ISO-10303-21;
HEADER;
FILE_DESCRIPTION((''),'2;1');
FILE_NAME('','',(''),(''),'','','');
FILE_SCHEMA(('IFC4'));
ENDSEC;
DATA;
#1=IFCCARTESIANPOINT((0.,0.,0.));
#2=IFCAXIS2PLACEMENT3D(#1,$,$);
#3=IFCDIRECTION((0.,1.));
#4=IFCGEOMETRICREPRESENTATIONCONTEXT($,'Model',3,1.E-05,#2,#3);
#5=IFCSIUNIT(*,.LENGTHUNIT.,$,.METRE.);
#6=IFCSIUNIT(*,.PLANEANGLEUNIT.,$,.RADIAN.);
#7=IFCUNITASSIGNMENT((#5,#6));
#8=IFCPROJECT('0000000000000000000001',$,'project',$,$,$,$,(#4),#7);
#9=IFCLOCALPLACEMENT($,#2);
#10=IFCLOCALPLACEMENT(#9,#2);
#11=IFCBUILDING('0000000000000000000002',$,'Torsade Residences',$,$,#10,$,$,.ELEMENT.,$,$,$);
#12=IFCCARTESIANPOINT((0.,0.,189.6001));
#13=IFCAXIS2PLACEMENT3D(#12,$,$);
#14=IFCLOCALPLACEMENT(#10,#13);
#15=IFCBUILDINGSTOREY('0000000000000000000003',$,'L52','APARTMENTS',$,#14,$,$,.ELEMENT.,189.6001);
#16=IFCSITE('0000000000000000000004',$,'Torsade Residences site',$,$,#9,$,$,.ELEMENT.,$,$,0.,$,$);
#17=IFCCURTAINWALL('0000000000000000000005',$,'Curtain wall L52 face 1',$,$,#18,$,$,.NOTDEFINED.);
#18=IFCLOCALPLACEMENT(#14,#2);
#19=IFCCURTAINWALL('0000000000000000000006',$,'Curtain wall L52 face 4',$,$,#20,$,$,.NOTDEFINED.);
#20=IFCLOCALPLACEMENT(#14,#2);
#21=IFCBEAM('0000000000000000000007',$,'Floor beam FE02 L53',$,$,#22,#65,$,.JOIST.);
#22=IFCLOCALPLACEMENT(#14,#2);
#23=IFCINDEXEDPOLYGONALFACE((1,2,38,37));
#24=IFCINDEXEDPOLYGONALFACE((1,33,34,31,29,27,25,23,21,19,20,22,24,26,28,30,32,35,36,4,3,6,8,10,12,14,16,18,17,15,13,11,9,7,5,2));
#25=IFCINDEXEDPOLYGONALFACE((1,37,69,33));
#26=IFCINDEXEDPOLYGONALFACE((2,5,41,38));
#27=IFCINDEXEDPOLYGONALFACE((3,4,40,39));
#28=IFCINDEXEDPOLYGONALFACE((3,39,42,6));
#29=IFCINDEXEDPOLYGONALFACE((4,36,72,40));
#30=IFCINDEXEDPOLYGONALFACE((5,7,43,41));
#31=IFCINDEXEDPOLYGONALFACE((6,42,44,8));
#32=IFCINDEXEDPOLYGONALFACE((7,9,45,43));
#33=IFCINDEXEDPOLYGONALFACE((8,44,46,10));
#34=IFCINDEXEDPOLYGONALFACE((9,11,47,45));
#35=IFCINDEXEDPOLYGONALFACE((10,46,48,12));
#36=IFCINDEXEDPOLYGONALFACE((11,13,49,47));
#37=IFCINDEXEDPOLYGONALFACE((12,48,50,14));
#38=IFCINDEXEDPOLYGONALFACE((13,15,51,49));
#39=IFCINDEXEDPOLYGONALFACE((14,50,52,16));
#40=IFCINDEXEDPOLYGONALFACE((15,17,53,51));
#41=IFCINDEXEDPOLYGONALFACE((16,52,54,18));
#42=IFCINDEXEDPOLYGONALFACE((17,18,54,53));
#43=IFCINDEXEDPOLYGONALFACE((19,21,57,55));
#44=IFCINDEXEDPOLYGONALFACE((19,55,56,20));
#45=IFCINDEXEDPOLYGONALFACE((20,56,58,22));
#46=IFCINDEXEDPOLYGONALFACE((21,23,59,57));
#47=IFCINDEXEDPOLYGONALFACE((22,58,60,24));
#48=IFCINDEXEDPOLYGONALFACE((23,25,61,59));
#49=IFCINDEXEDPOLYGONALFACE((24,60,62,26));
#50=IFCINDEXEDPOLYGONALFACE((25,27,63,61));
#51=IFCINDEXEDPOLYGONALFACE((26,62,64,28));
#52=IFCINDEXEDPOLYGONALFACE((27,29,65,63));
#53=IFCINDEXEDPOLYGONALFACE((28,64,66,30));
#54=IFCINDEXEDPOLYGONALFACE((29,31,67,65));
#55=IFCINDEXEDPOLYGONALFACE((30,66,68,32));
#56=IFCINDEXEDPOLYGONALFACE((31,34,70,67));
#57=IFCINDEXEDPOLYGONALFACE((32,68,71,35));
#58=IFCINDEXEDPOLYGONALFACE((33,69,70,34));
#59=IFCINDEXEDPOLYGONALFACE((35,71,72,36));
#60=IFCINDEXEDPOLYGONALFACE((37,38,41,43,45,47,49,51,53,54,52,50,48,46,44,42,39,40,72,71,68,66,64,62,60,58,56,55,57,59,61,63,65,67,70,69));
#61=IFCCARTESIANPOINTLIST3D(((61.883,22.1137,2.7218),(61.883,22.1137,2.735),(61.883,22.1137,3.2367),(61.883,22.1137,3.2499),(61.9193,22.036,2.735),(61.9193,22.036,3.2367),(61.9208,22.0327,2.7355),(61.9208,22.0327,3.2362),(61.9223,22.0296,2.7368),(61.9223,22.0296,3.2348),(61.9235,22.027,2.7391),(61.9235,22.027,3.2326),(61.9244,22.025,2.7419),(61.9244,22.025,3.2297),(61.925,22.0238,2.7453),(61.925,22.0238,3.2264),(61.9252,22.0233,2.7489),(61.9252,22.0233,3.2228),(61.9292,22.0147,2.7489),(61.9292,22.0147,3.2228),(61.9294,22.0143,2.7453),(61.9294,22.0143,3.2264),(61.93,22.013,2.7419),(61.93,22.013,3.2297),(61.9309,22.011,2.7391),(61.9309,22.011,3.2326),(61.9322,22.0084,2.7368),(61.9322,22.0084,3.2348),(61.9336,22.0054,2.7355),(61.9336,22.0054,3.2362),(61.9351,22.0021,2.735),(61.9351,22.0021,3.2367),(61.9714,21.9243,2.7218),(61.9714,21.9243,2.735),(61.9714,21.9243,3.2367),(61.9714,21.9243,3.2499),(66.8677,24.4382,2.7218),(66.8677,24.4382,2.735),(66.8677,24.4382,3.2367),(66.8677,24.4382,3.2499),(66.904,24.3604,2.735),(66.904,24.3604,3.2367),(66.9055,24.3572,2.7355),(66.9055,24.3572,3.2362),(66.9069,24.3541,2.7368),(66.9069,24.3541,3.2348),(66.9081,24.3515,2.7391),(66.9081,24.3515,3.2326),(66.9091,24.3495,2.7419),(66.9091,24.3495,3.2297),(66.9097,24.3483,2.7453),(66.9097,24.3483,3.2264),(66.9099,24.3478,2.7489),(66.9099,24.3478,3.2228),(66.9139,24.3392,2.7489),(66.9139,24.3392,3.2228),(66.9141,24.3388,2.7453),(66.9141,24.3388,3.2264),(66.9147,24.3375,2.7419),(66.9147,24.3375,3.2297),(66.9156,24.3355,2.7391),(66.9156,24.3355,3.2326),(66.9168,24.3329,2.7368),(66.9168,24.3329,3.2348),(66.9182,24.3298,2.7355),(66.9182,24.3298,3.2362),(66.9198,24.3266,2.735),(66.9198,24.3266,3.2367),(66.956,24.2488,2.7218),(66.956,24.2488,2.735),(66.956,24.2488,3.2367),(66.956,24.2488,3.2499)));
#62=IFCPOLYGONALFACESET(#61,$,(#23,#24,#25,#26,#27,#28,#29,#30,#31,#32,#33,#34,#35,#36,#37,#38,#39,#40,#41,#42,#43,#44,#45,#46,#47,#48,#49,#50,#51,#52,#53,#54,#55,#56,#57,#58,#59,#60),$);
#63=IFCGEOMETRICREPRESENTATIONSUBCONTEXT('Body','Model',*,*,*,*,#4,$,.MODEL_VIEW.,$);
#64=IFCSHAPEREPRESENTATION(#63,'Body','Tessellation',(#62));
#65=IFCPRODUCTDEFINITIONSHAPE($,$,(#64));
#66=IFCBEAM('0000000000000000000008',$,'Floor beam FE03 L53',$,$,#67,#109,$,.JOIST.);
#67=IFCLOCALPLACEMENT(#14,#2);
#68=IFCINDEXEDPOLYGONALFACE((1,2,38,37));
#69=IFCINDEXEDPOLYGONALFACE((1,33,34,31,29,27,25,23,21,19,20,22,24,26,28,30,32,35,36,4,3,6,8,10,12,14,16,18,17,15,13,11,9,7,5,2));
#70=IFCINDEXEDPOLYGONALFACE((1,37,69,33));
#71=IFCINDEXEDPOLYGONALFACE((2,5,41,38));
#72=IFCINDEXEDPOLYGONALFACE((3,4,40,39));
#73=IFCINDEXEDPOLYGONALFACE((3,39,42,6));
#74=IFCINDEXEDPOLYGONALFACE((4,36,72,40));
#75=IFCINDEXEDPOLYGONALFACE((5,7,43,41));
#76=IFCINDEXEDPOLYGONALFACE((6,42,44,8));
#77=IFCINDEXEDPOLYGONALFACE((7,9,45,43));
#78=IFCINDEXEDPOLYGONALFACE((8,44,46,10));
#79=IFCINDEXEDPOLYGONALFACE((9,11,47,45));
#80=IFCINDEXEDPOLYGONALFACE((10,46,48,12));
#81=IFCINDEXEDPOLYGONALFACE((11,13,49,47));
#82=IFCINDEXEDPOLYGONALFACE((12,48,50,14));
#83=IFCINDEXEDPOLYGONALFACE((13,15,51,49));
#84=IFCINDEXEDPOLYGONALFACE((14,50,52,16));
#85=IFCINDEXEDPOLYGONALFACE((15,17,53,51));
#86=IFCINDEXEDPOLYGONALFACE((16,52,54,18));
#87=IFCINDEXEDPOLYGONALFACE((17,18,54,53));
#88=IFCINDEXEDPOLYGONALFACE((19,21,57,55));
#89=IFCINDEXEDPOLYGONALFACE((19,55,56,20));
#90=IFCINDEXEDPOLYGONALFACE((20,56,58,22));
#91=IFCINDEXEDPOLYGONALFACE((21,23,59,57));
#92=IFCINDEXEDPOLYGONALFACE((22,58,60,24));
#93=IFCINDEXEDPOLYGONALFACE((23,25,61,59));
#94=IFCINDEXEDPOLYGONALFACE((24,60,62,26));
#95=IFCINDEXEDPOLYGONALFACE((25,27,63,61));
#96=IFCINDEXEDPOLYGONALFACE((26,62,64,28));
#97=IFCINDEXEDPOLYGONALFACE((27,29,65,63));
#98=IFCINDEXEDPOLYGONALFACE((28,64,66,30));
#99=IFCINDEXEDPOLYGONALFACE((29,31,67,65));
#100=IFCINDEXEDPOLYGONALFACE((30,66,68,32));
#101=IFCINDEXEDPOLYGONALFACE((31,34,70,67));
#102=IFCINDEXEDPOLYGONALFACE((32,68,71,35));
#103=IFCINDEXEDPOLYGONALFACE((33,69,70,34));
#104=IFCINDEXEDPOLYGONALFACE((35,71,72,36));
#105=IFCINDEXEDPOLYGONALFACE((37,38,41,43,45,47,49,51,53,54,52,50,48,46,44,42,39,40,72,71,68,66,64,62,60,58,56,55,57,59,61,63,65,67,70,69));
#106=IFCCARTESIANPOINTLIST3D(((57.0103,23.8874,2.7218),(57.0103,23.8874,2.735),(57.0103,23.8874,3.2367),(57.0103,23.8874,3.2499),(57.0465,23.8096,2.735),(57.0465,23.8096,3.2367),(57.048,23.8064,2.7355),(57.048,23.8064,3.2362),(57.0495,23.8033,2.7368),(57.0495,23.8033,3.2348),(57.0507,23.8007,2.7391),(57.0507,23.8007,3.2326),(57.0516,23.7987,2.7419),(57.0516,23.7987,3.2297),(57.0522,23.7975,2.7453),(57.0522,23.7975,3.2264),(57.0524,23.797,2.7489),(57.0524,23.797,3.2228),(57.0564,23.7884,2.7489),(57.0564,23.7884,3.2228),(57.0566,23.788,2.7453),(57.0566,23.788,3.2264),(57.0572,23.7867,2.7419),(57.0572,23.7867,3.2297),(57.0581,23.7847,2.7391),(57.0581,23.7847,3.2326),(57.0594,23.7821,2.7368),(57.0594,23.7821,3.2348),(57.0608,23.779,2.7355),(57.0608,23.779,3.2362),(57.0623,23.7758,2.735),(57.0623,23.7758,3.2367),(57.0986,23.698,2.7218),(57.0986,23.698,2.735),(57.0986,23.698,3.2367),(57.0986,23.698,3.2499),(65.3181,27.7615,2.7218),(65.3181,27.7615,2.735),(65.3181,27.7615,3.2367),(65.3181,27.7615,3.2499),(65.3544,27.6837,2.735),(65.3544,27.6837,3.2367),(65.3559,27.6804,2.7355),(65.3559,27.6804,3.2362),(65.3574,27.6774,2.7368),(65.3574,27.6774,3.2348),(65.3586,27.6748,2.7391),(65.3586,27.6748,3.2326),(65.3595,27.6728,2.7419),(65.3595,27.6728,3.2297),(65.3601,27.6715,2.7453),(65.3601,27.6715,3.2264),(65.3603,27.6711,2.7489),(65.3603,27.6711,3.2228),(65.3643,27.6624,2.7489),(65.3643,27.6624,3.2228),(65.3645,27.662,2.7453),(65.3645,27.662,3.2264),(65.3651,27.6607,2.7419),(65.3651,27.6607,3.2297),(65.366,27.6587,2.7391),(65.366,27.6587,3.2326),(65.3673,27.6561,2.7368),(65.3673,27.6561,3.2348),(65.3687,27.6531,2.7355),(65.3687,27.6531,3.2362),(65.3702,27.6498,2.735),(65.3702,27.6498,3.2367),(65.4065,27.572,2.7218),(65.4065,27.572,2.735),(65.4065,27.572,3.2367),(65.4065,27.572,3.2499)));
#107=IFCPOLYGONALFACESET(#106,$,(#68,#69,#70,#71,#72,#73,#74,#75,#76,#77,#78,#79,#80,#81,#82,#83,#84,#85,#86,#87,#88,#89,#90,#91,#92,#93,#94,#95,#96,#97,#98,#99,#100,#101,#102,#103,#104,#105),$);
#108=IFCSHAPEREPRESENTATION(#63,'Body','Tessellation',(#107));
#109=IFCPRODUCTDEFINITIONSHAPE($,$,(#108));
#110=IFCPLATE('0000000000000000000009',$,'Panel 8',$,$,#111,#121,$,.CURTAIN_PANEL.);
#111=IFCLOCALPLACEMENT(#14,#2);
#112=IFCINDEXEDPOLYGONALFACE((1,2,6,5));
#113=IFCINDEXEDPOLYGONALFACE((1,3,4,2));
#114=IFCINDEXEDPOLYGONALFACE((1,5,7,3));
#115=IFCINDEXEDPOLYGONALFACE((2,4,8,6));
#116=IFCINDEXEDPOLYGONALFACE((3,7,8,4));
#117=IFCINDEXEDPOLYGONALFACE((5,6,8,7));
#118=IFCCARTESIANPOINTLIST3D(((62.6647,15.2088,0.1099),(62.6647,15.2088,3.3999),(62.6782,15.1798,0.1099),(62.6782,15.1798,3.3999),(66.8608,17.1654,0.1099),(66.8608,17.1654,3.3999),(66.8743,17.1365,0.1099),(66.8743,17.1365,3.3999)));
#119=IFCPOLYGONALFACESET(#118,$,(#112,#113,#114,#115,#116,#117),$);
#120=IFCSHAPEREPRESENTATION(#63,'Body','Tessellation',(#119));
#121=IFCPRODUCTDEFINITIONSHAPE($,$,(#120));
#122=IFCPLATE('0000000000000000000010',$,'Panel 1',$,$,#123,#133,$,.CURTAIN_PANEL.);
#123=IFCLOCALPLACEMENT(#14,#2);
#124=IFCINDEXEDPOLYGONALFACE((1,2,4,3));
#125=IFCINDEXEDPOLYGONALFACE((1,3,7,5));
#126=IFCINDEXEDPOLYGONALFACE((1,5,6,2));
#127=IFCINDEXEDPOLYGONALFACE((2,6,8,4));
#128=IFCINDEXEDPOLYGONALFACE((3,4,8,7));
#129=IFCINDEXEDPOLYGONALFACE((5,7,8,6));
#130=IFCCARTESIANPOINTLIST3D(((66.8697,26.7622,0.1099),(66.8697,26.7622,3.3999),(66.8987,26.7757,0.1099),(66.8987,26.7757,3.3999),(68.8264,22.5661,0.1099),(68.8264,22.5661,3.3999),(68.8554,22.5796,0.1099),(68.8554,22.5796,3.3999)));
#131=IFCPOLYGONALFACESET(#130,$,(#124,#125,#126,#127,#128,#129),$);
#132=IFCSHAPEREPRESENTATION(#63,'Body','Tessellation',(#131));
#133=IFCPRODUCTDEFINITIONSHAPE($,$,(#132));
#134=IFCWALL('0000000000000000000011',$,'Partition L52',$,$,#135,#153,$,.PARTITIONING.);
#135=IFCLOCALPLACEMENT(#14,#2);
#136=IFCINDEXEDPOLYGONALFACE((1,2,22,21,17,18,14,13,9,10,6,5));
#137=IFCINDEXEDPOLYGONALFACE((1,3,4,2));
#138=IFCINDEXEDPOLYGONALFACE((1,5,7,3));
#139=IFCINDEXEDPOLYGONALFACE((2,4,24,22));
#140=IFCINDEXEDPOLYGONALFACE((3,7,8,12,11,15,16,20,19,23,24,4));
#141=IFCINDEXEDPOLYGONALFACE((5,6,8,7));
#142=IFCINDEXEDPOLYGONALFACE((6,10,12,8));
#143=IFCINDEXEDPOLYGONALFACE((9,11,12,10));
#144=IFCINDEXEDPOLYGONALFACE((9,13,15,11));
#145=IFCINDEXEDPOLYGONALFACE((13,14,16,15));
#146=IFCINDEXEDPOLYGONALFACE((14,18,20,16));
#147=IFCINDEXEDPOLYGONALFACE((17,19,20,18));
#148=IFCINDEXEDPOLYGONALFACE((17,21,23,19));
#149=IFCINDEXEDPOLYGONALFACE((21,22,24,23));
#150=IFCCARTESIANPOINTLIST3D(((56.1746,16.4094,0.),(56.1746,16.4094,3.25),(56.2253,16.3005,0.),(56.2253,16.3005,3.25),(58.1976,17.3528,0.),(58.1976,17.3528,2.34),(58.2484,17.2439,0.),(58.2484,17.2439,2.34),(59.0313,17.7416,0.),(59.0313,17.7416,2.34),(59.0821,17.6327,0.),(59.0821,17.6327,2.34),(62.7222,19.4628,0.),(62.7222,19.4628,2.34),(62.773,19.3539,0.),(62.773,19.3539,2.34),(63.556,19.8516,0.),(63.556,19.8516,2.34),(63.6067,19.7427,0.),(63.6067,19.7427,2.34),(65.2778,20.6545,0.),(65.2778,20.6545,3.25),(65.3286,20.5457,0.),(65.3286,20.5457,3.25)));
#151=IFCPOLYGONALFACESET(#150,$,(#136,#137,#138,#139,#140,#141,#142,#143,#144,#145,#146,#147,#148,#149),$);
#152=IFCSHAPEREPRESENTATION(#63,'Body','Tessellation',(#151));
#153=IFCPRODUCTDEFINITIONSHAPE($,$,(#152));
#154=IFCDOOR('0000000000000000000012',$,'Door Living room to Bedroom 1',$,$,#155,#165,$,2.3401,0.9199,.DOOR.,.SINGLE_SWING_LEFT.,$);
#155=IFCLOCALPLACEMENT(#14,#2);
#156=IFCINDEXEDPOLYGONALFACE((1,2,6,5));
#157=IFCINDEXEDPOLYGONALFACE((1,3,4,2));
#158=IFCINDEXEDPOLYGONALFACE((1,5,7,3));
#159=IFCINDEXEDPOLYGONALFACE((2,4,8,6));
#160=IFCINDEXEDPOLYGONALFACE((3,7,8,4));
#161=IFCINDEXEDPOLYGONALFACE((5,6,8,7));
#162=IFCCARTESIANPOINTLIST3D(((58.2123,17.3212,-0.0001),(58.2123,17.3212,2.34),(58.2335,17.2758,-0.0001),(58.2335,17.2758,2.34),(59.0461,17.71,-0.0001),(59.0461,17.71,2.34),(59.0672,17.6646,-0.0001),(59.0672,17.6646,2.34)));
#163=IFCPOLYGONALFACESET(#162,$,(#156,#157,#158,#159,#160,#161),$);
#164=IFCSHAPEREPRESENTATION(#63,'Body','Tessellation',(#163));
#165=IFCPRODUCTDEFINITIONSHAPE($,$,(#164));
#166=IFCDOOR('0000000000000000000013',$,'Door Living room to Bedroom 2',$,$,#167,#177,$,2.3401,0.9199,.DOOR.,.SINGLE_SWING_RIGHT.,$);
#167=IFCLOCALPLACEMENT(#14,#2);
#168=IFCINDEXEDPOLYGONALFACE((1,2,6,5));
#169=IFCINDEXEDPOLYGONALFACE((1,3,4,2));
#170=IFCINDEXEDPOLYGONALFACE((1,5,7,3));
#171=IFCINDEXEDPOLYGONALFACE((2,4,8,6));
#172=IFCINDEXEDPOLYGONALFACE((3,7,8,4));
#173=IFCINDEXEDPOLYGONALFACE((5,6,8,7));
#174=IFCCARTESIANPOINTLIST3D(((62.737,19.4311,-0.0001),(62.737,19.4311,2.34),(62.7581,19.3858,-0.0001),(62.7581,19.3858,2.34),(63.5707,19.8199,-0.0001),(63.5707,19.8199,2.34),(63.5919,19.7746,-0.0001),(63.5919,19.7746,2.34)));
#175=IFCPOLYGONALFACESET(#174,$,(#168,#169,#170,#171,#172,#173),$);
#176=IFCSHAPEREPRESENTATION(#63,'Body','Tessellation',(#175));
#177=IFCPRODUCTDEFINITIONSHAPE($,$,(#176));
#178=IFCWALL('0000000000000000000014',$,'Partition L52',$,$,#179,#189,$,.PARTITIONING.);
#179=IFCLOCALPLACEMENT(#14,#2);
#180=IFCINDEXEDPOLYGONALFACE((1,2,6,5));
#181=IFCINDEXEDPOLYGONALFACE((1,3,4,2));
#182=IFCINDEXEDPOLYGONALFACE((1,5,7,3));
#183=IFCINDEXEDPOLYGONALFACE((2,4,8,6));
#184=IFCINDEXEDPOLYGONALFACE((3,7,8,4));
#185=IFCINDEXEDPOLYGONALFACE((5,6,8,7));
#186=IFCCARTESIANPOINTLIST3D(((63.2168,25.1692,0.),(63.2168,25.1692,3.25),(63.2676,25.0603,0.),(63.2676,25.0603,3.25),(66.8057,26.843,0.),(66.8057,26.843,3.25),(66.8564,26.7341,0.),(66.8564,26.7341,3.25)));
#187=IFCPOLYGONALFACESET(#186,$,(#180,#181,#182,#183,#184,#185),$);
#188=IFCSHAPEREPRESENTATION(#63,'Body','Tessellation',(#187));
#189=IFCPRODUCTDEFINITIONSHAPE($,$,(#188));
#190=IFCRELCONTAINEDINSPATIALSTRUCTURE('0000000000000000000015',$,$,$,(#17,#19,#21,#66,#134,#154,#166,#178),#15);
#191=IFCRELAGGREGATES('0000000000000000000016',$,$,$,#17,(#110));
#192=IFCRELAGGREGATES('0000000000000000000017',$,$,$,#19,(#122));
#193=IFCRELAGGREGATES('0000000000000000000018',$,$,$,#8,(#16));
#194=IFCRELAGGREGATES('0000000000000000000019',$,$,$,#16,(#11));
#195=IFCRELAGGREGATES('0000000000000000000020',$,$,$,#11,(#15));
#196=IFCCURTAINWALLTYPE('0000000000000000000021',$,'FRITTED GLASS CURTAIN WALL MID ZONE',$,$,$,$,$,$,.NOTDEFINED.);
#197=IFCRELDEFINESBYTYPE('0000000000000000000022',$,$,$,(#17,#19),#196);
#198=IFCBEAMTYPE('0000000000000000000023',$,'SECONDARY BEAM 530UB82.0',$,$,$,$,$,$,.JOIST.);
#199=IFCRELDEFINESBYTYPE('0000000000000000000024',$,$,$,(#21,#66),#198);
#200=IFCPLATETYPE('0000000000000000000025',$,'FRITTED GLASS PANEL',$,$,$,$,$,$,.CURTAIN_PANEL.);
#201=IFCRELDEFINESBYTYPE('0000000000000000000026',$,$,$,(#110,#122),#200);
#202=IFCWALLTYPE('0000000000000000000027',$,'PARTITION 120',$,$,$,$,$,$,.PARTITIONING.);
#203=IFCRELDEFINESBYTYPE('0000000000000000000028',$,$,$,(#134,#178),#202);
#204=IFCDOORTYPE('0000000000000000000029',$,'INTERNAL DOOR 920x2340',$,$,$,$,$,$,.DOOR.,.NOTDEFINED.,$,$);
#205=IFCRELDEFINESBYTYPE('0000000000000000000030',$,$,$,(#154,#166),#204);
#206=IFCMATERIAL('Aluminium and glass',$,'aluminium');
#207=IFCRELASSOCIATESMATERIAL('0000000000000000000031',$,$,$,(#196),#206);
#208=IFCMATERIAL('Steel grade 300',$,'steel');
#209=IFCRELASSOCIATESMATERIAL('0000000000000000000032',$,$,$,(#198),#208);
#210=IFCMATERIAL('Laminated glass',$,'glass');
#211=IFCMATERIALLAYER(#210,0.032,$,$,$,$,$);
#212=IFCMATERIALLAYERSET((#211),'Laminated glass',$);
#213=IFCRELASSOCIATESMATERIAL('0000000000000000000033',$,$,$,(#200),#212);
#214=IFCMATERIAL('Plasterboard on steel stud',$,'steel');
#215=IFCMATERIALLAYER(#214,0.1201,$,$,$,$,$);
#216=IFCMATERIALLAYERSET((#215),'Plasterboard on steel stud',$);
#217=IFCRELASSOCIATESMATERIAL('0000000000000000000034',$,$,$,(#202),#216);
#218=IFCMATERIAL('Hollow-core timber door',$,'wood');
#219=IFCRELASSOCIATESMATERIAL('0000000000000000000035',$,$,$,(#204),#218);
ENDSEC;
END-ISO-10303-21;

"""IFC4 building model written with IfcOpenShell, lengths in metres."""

from ifc_helpers import new_model, si_unit, direction, frame, frame_2d, origin, origin_2d, place, context, subcontext, project, spatial, rectangle, i_section, extrude, material, layer, layer_set, material_profile, profile_set, type_object, element, fill, aggregate, save


model = new_model("IFC4")

# Units and contexts
model_context = context("Model", 3, precision=1e-05, world=origin(), true_north=direction((0.0, 1.0)))
body_context = subcontext(model_context, "Body", "Model", "MODEL_VIEW")
ifc_project = project(units=[si_unit("LENGTHUNIT", "METRE"), si_unit("PLANEANGLEUNIT", "RADIAN")], contexts=[model_context])

# Site, building, storey
site_placement = place(None, origin())
site = spatial("IfcSite", under=ifc_project, at=site_placement, Name="Torsade Residences site", CompositionType="ELEMENT", RefElevation=0.0)
building_placement = place(site_placement, origin())
building = spatial("IfcBuilding", under=site, at=building_placement, Name="Torsade Residences", CompositionType="ELEMENT")
storey_placement = place(building_placement, frame((0.0, 0.0, 189.6001)))
storey = spatial("IfcBuildingStorey", under=building, at=storey_placement, Name="L52", Description="APARTMENTS", CompositionType="ELEMENT", Elevation=189.6001)

# Curtain walls
ifc_material_1 = material(Name="Aluminium and glass", Category="aluminium")
curtain_wall_type = type_object("IfcCurtainWallType", Name="FRITTED GLASS CURTAIN WALL MID ZONE", PredefinedType="NOTDEFINED", material=ifc_material_1)
curtain_wall_1_placement = place(storey_placement, origin())
curtain_wall_1 = element("IfcCurtainWall", 1, at=curtain_wall_1_placement, inside=storey, type_object=curtain_wall_type, Name="Curtain wall L52 face 1", PredefinedType="NOTDEFINED")
curtain_wall_2_placement = place(storey_placement, origin())
curtain_wall_2 = element("IfcCurtainWall", 2, at=curtain_wall_2_placement, inside=storey, type_object=curtain_wall_type, Name="Curtain wall L52 face 4", PredefinedType="NOTDEFINED")

# Beams
ifc_material_2 = material(Name="Steel grade 300", Category="steel")
ifc_material_profile_1 = material_profile(ifc_material_2, i_section(OverallWidth=0.209, OverallDepth=0.5281, WebThickness=0.0095, FlangeThickness=0.0132, FilletRadius=0.0139, at=origin_2d()), Name="530UB82.0")
ifc_profile_set_1 = profile_set([ifc_material_profile_1], Name="Steel grade 300")
beam_type_1 = type_object("IfcBeamType", Name="SECONDARY BEAM 530UB82.0", PredefinedType="JOIST", material=ifc_profile_set_1)
beam_1_placement = place(storey_placement, frame((66.9119, 24.3435, 2.9858), z_axis=(-0.906301, -0.422633, 0.0), x_axis=(0.422633, -0.906301, 0.0)))
element("IfcBeam", 3, at=beam_1_placement, inside=storey, type_object=beam_type_1, Name="Floor beam FE02 L53", PredefinedType="JOIST", context=body_context, shape_type="SweptSolid", body=[
    extrude(i_section(OverallWidth=0.209, OverallDepth=0.5281, WebThickness=0.0095, FlangeThickness=0.0132, FilletRadius=0.0139, at=origin_2d()), origin(), (0.0, 0.0, 1.0), 5.5),
])
beam_2_placement = place(storey_placement, frame((65.3623, 27.6667, 2.9858), z_axis=(-0.906308, -0.422619, 0.0), x_axis=(0.422619, -0.906308, 0.0)))
element("IfcBeam", 4, at=beam_2_placement, inside=storey, type_object=beam_type_1, Name="Floor beam FE03 L53", PredefinedType="JOIST", context=body_context, shape_type="SweptSolid", body=[
    extrude(i_section(OverallWidth=0.209, OverallDepth=0.5281, WebThickness=0.0095, FlangeThickness=0.0132, FilletRadius=0.0139, at=origin_2d()), origin(), (0.0, 0.0, 1.0), 9.1667),
])

# Plates
ifc_material_3 = material(Name="Laminated glass", Category="glass")
ifc_layer_1 = layer(ifc_material_3, 0.032)
ifc_layer_set_1 = layer_set([ifc_layer_1], Name="Laminated glass")
plate_type = type_object("IfcPlateType", Name="FRITTED GLASS PANEL", PredefinedType="CURTAIN_PANEL", material=ifc_layer_set_1)
plate_1_placement = place(storey_placement, frame((64.7695, 16.1726, 0.1099), z_axis=(0.0, 0.0, 1.0), x_axis=(0.906308, 0.422618, 0.0)))
plate_1 = element("IfcPlate", 5, at=plate_1_placement, type_object=plate_type, Name="Panel 8", PredefinedType="CURTAIN_PANEL", context=body_context, shape_type="SweptSolid", body=[
    extrude(rectangle(XDim=4.6299, YDim=0.032, at=origin_2d()), origin(), (0.0, 0.0, 1.0), 3.29),
])
aggregate(curtain_wall_1, [plate_1])
plate_2_placement = place(storey_placement, frame((67.8625, 24.6709, 0.1099), z_axis=(0.0, 0.0, 1.0), x_axis=(-0.422618, 0.906308, 0.0)))
plate_2 = element("IfcPlate", 6, at=plate_2_placement, type_object=plate_type, Name="Panel 1", PredefinedType="CURTAIN_PANEL", context=body_context, shape_type="SweptSolid", body=[
    extrude(rectangle(XDim=4.6299, YDim=0.032, at=origin_2d()), origin(), (0.0, 0.0, 1.0), 3.29),
])
aggregate(curtain_wall_2, [plate_2])

# Wall, openings, doors
ifc_material_4 = material(Name="Plasterboard on steel stud", Category="steel")
ifc_layer_2 = layer(ifc_material_4, 0.1201)
ifc_layer_set_2 = layer_set([ifc_layer_2], Name="Plasterboard on steel stud")
wall_type_1 = type_object("IfcWallType", Name="PARTITION 120", PredefinedType="PARTITIONING", material=ifc_layer_set_2)
wall_1_placement = place(storey_placement, frame((65.3032, 20.6001, 0.0), z_axis=(0.0, 0.0, 1.0), x_axis=(-0.9063, -0.422634, 0.0)))
wall_1 = element("IfcWall", 7, at=wall_1_placement, inside=storey, type_object=wall_type_1, Name="Partition L52", PredefinedType="PARTITIONING", context=body_context, shape_type="SweptSolid", body=[
    extrude(rectangle(XDim=10.0444, YDim=0.1201, at=frame_2d((5.0222, 0.0))), origin(), (0.0, 0.0, 1.0), 3.25),
])
opening_1_placement = place(wall_1_placement, frame((6.8923, 0.0, 0.0)))
opening_1 = element("IfcOpeningElement", 8, at=opening_1_placement, cuts=wall_1, PredefinedType="OPENING", context=body_context, shape_type="SweptSolid", body=[
    extrude(rectangle(XDim=0.9199, YDim=2.3401, at=frame_2d((0.46, 1.1699))), frame((0.0, 0.0701, 0.0), z_axis=(0.0, -1.0, 0.0), x_axis=(1.0, 0.0, 0.0)), (0.0, 0.0, 1.0), 0.1401),
])
opening_2_placement = place(wall_1_placement, frame((1.8999, 0.0, 0.0)))
opening_2 = element("IfcOpeningElement", 9, at=opening_2_placement, cuts=wall_1, PredefinedType="OPENING", context=body_context, shape_type="SweptSolid", body=[
    extrude(rectangle(XDim=0.9199, YDim=2.3401, at=frame_2d((0.46, 1.1699))), frame((0.0, 0.0701, 0.0), z_axis=(0.0, -1.0, 0.0), x_axis=(1.0, 0.0, 0.0)), (0.0, 0.0, 1.0), 0.1401),
])
ifc_material_5 = material(Name="Hollow-core timber door", Category="wood")
door_type_1 = type_object("IfcDoorType", Name="INTERNAL DOOR 920x2340", OperationType="NOTDEFINED", PredefinedType="DOOR", material=ifc_material_5)
door_1_placement = place(opening_1_placement, origin())
door_1 = element("IfcDoor", 10, at=door_1_placement, inside=storey, type_object=door_type_1, Name="Door Living room to Bedroom 1", OperationType="SINGLE_SWING_LEFT", OverallHeight=2.3401, OverallWidth=0.9199, PredefinedType="DOOR", context=body_context, shape_type="SweptSolid", body=[
    extrude(rectangle(XDim=0.9199, YDim=2.3401, at=frame_2d((0.46, 1.1699))), frame((0.0, 0.0249, 0.0), z_axis=(0.0, -1.0, 0.0), x_axis=(1.0, 0.0, 0.0)), (0.0, 0.0, 1.0), 0.05),
])
fill(opening_1, door_1)
door_2_placement = place(opening_2_placement, origin())
door_2 = element("IfcDoor", 11, at=door_2_placement, inside=storey, type_object=door_type_1, Name="Door Living room to Bedroom 2", OperationType="SINGLE_SWING_RIGHT", OverallHeight=2.3401, OverallWidth=0.9199, PredefinedType="DOOR", context=body_context, shape_type="SweptSolid", body=[
    extrude(rectangle(XDim=0.9199, YDim=2.3401, at=frame_2d((0.46, 1.1699))), frame((0.0, 0.0249, 0.0), z_axis=(0.0, -1.0, 0.0), x_axis=(1.0, 0.0, 0.0)), (0.0, 0.0, 1.0), 0.05),
])
fill(opening_2, door_2)

# Wall
wall_2_placement = place(storey_placement, frame((66.8311, 26.7886, 0.0), z_axis=(0.0, 0.0, 1.0), x_axis=(-0.906278, -0.422683, 0.0)))
element("IfcWall", 12, at=wall_2_placement, inside=storey, type_object=wall_type_1, Name="Partition L52", PredefinedType="PARTITIONING", context=body_context, shape_type="SweptSolid", body=[
    extrude(rectangle(XDim=3.96, YDim=0.1201, at=frame_2d((1.98, 0.0))), origin(), (0.0, 0.0, 1.0), 3.25),
])

save(model, "model.ifc")
